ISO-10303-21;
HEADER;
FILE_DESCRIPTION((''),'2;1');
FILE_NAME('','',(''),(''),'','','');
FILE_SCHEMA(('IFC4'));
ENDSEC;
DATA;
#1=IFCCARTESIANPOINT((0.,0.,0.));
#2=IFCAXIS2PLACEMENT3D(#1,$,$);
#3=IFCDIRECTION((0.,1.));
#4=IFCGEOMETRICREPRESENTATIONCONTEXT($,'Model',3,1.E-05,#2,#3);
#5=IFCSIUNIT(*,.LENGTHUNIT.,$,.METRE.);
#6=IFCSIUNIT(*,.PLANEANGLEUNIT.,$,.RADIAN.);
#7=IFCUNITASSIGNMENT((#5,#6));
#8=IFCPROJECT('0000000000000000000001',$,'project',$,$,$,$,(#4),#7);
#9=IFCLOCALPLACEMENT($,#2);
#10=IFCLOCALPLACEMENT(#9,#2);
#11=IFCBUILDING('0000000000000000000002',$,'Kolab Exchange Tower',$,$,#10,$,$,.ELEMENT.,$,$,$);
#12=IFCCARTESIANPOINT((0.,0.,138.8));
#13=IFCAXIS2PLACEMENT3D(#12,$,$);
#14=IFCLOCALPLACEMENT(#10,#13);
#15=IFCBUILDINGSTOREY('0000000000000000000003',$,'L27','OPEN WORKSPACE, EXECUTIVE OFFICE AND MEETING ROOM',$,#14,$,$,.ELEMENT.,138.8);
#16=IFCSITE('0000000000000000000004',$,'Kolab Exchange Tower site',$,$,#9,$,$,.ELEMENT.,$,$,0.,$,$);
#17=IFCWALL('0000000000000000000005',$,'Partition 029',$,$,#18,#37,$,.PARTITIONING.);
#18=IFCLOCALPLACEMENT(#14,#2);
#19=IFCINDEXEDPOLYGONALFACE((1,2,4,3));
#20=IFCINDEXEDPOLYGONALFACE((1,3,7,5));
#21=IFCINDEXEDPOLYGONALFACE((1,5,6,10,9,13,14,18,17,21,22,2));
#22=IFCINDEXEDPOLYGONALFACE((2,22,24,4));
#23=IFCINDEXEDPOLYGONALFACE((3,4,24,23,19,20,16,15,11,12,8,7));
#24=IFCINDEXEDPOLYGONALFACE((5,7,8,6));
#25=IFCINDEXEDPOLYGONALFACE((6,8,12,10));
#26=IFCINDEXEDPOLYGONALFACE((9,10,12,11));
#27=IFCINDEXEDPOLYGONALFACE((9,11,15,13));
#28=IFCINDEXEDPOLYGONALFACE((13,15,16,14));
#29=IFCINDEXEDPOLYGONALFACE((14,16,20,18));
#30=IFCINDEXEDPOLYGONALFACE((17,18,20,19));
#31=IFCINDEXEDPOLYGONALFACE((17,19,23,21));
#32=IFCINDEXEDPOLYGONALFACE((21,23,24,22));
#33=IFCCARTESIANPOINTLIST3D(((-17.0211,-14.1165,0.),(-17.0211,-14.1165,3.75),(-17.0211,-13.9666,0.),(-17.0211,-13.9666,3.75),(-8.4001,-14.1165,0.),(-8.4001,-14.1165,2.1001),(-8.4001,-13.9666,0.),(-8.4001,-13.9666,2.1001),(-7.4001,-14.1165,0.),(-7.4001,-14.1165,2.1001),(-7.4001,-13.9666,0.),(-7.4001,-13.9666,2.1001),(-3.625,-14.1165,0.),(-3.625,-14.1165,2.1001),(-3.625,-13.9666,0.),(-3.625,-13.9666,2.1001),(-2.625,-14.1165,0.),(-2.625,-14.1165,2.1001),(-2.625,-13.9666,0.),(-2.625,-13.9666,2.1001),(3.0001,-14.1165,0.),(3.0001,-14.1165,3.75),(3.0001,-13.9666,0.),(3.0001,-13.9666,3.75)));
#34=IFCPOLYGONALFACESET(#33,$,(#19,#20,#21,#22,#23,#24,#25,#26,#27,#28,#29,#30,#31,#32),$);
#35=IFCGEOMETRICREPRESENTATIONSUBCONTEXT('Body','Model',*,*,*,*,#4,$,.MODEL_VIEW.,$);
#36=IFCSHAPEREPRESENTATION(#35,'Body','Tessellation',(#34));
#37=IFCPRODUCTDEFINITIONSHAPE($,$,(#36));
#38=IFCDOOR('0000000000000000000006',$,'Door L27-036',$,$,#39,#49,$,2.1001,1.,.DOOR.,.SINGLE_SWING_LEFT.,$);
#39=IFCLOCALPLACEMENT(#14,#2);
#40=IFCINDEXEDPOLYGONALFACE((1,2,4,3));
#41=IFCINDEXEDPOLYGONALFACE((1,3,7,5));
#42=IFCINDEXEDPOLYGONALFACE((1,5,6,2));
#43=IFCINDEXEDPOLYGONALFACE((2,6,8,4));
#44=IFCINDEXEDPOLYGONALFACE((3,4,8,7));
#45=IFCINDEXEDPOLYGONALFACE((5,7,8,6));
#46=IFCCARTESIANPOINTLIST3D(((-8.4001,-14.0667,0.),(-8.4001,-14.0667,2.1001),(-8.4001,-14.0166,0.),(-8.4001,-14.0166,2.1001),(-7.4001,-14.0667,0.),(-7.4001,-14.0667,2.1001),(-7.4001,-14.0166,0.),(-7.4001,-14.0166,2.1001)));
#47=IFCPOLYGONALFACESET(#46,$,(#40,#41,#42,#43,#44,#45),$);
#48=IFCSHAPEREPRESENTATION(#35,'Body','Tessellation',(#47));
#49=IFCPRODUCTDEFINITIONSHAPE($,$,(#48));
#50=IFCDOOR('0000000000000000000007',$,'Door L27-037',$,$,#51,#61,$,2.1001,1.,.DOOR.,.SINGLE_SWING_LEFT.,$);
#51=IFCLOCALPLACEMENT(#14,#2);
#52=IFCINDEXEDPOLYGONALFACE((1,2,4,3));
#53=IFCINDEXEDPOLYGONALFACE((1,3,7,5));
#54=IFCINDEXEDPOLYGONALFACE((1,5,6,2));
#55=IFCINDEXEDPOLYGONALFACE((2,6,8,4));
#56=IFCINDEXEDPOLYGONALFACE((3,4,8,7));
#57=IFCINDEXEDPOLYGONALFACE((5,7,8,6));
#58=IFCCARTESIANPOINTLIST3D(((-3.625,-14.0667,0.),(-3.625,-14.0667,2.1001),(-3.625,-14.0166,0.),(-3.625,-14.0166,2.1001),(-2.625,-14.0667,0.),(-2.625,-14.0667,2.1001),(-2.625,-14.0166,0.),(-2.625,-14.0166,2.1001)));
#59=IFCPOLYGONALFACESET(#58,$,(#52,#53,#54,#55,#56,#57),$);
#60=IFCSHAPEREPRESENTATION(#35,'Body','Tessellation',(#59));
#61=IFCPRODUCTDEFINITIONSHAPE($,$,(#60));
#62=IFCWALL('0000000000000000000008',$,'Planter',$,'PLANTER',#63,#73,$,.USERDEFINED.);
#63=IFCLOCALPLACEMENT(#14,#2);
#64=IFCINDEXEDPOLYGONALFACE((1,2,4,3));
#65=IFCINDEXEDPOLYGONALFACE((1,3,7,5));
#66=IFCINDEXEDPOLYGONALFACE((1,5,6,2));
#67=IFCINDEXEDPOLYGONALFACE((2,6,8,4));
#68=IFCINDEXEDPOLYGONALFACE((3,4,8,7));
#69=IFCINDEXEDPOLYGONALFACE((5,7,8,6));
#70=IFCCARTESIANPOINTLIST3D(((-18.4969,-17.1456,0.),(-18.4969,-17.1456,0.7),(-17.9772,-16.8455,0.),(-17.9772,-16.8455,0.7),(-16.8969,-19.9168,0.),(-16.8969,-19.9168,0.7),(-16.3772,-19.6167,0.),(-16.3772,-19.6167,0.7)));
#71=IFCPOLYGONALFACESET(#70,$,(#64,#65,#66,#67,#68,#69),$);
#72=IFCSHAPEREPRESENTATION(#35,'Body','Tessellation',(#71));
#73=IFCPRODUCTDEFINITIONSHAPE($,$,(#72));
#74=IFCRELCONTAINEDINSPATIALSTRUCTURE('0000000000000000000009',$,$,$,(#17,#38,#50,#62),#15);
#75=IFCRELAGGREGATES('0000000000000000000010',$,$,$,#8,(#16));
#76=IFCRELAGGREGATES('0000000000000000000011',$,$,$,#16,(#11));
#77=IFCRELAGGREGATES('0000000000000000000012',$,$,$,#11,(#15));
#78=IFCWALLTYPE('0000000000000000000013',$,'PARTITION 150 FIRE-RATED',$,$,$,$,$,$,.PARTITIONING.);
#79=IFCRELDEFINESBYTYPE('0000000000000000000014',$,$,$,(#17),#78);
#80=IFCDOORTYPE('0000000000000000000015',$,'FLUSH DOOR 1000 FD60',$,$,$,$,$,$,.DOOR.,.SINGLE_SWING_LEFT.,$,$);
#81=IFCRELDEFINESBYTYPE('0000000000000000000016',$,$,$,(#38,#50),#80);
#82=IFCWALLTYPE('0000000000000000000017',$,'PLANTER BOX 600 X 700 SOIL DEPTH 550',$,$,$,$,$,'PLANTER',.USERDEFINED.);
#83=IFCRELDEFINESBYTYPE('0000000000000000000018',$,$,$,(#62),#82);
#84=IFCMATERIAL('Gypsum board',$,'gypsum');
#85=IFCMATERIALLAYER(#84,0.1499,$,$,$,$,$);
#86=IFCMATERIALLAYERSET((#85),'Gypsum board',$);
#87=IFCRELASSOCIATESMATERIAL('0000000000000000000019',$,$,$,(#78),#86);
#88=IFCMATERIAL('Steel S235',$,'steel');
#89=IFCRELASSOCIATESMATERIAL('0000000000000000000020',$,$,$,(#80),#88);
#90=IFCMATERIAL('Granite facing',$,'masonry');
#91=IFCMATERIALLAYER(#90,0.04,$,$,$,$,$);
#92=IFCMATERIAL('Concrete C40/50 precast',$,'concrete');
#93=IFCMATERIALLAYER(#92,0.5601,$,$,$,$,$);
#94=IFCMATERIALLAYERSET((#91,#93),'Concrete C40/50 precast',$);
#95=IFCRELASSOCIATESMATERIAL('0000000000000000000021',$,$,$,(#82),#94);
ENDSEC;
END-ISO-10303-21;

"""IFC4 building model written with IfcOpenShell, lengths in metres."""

from ifc_helpers import new_model, si_unit, direction, frame, frame_2d, origin, place, context, subcontext, project, spatial, rectangle, extrude, material, layer, layer_set, type_object, element, fill, save


model = new_model("IFC4")

# Units and contexts
model_context = context("Model", 3, precision=1e-05, world=origin(), true_north=direction((0.0, 1.0)))
body_context = subcontext(model_context, "Body", "Model", "MODEL_VIEW")
ifc_project = project(units=[si_unit("LENGTHUNIT", "METRE"), si_unit("PLANEANGLEUNIT", "RADIAN")], contexts=[model_context])

# Site, building, storey
site_placement = place(None, origin())
site = spatial("IfcSite", under=ifc_project, at=site_placement, Name="Kolab Exchange Tower site", CompositionType="ELEMENT", RefElevation=0.0)
building_placement = place(site_placement, origin())
building = spatial("IfcBuilding", under=site, at=building_placement, Name="Kolab Exchange Tower", CompositionType="ELEMENT")
storey_placement = place(building_placement, frame((0.0, 0.0, 138.8)))
storey = spatial("IfcBuildingStorey", under=building, at=storey_placement, Name="L27", Description="OPEN WORKSPACE, EXECUTIVE OFFICE AND MEETING ROOM", CompositionType="ELEMENT", Elevation=138.8)

# Wall, openings, doors
ifc_material_1 = material(Name="Gypsum board", Category="gypsum")
ifc_layer_1 = layer(ifc_material_1, 0.1499)
ifc_layer_set_1 = layer_set([ifc_layer_1], Name="Gypsum board")
wall_type_1 = type_object("IfcWallType", Name="PARTITION 150 FIRE-RATED", PredefinedType="PARTITIONING", material=ifc_layer_set_1)
ifc_material_2 = material(Name="Steel S235", Category="steel")
door_type_1 = type_object("IfcDoorType", Name="FLUSH DOOR 1000 FD60", OperationType="SINGLE_SWING_LEFT", PredefinedType="DOOR", material=ifc_material_2)
wall_1_placement = place(storey_placement, frame((-17.0212, -14.0415, 0.0), z_axis=(0.0, 0.0, 1.0), x_axis=(1.0, 0.0, 0.0)))
wall_1 = element("IfcWall", 1, at=wall_1_placement, inside=storey, type_object=wall_type_1, Name="Partition 029", PredefinedType="PARTITIONING", context=body_context, shape_type="SweptSolid", body=[
    extrude(rectangle(XDim=20.0212, YDim=0.1499, at=frame_2d((10.0107, 0.0))), origin(), (0.0, 0.0, 1.0), 3.75),
])
opening_1_placement = place(wall_1_placement, frame((8.6211, 0.0, 0.0)))
opening_1 = element("IfcOpeningElement", 2, at=opening_1_placement, cuts=wall_1, PredefinedType="OPENING", context=body_context, shape_type="SweptSolid", body=[
    extrude(rectangle(XDim=1.0, YDim=2.1001, at=frame_2d((0.5, 1.05))), frame((0.0, 0.085, 0.0), z_axis=(0.0, -1.0, 0.0), x_axis=(1.0, 0.0, 0.0)), (0.0, 0.0, 1.0), 0.1699),
])
opening_2_placement = place(wall_1_placement, frame((13.3962, 0.0, 0.0)))
opening_2 = element("IfcOpeningElement", 3, at=opening_2_placement, cuts=wall_1, PredefinedType="OPENING", context=body_context, shape_type="SweptSolid", body=[
    extrude(rectangle(XDim=1.0, YDim=2.1001, at=frame_2d((0.5, 1.05))), frame((0.0, 0.085, 0.0), z_axis=(0.0, -1.0, 0.0), x_axis=(1.0, 0.0, 0.0)), (0.0, 0.0, 1.0), 0.1699),
])
door_1_placement = place(opening_1_placement, origin())
door_1 = element("IfcDoor", 4, at=door_1_placement, inside=storey, type_object=door_type_1, Name="Door L27-036", OperationType="SINGLE_SWING_LEFT", OverallHeight=2.1001, OverallWidth=1.0, PredefinedType="DOOR", context=body_context, shape_type="SweptSolid", body=[
    extrude(rectangle(XDim=1.0, YDim=2.1001, at=frame_2d((0.5, 1.05))), frame((0.0, 0.0249, 0.0), z_axis=(0.0, -1.0, 0.0), x_axis=(1.0, 0.0, 0.0)), (0.0, 0.0, 1.0), 0.05),
])
fill(opening_1, door_1)
door_2_placement = place(opening_2_placement, origin())
door_2 = element("IfcDoor", 5, at=door_2_placement, inside=storey, type_object=door_type_1, Name="Door L27-037", OperationType="SINGLE_SWING_LEFT", OverallHeight=2.1001, OverallWidth=1.0, PredefinedType="DOOR", context=body_context, shape_type="SweptSolid", body=[
    extrude(rectangle(XDim=1.0, YDim=2.1001, at=frame_2d((0.5, 1.05))), frame((0.0, 0.0249, 0.0), z_axis=(0.0, -1.0, 0.0), x_axis=(1.0, 0.0, 0.0)), (0.0, 0.0, 1.0), 0.05),
])
fill(opening_2, door_2)

# Wall
ifc_material_3 = material(Name="Granite facing", Category="masonry")
ifc_layer_2 = layer(ifc_material_3, 0.04)
ifc_material_4 = material(Name="Concrete C40/50 precast", Category="concrete")
ifc_layer_3 = layer(ifc_material_4, 0.5601)
ifc_layer_set_2 = layer_set([ifc_layer_2, ifc_layer_3], Name="Concrete C40/50 precast")
wall_type_2 = type_object("IfcWallType", Name="PLANTER BOX 600 X 700 SOIL DEPTH 550", ElementType="PLANTER", PredefinedType="USERDEFINED", material=ifc_layer_set_2)
wall_2_placement = place(storey_placement, frame((-16.637, -19.7668, 0.0), z_axis=(0.0, 0.0, 1.0), x_axis=(-0.500028, 0.866009, 0.0)))
element("IfcWall", 6, at=wall_2_placement, inside=storey, type_object=wall_type_2, Name="Planter", ObjectType="PLANTER", PredefinedType="USERDEFINED", context=body_context, shape_type="SweptSolid", body=[
    extrude(rectangle(XDim=3.2, YDim=0.6001, at=frame_2d((1.6001, 0.0))), origin(), (0.0, 0.0, 1.0), 0.7),
])

save(model, "model.ifc")
